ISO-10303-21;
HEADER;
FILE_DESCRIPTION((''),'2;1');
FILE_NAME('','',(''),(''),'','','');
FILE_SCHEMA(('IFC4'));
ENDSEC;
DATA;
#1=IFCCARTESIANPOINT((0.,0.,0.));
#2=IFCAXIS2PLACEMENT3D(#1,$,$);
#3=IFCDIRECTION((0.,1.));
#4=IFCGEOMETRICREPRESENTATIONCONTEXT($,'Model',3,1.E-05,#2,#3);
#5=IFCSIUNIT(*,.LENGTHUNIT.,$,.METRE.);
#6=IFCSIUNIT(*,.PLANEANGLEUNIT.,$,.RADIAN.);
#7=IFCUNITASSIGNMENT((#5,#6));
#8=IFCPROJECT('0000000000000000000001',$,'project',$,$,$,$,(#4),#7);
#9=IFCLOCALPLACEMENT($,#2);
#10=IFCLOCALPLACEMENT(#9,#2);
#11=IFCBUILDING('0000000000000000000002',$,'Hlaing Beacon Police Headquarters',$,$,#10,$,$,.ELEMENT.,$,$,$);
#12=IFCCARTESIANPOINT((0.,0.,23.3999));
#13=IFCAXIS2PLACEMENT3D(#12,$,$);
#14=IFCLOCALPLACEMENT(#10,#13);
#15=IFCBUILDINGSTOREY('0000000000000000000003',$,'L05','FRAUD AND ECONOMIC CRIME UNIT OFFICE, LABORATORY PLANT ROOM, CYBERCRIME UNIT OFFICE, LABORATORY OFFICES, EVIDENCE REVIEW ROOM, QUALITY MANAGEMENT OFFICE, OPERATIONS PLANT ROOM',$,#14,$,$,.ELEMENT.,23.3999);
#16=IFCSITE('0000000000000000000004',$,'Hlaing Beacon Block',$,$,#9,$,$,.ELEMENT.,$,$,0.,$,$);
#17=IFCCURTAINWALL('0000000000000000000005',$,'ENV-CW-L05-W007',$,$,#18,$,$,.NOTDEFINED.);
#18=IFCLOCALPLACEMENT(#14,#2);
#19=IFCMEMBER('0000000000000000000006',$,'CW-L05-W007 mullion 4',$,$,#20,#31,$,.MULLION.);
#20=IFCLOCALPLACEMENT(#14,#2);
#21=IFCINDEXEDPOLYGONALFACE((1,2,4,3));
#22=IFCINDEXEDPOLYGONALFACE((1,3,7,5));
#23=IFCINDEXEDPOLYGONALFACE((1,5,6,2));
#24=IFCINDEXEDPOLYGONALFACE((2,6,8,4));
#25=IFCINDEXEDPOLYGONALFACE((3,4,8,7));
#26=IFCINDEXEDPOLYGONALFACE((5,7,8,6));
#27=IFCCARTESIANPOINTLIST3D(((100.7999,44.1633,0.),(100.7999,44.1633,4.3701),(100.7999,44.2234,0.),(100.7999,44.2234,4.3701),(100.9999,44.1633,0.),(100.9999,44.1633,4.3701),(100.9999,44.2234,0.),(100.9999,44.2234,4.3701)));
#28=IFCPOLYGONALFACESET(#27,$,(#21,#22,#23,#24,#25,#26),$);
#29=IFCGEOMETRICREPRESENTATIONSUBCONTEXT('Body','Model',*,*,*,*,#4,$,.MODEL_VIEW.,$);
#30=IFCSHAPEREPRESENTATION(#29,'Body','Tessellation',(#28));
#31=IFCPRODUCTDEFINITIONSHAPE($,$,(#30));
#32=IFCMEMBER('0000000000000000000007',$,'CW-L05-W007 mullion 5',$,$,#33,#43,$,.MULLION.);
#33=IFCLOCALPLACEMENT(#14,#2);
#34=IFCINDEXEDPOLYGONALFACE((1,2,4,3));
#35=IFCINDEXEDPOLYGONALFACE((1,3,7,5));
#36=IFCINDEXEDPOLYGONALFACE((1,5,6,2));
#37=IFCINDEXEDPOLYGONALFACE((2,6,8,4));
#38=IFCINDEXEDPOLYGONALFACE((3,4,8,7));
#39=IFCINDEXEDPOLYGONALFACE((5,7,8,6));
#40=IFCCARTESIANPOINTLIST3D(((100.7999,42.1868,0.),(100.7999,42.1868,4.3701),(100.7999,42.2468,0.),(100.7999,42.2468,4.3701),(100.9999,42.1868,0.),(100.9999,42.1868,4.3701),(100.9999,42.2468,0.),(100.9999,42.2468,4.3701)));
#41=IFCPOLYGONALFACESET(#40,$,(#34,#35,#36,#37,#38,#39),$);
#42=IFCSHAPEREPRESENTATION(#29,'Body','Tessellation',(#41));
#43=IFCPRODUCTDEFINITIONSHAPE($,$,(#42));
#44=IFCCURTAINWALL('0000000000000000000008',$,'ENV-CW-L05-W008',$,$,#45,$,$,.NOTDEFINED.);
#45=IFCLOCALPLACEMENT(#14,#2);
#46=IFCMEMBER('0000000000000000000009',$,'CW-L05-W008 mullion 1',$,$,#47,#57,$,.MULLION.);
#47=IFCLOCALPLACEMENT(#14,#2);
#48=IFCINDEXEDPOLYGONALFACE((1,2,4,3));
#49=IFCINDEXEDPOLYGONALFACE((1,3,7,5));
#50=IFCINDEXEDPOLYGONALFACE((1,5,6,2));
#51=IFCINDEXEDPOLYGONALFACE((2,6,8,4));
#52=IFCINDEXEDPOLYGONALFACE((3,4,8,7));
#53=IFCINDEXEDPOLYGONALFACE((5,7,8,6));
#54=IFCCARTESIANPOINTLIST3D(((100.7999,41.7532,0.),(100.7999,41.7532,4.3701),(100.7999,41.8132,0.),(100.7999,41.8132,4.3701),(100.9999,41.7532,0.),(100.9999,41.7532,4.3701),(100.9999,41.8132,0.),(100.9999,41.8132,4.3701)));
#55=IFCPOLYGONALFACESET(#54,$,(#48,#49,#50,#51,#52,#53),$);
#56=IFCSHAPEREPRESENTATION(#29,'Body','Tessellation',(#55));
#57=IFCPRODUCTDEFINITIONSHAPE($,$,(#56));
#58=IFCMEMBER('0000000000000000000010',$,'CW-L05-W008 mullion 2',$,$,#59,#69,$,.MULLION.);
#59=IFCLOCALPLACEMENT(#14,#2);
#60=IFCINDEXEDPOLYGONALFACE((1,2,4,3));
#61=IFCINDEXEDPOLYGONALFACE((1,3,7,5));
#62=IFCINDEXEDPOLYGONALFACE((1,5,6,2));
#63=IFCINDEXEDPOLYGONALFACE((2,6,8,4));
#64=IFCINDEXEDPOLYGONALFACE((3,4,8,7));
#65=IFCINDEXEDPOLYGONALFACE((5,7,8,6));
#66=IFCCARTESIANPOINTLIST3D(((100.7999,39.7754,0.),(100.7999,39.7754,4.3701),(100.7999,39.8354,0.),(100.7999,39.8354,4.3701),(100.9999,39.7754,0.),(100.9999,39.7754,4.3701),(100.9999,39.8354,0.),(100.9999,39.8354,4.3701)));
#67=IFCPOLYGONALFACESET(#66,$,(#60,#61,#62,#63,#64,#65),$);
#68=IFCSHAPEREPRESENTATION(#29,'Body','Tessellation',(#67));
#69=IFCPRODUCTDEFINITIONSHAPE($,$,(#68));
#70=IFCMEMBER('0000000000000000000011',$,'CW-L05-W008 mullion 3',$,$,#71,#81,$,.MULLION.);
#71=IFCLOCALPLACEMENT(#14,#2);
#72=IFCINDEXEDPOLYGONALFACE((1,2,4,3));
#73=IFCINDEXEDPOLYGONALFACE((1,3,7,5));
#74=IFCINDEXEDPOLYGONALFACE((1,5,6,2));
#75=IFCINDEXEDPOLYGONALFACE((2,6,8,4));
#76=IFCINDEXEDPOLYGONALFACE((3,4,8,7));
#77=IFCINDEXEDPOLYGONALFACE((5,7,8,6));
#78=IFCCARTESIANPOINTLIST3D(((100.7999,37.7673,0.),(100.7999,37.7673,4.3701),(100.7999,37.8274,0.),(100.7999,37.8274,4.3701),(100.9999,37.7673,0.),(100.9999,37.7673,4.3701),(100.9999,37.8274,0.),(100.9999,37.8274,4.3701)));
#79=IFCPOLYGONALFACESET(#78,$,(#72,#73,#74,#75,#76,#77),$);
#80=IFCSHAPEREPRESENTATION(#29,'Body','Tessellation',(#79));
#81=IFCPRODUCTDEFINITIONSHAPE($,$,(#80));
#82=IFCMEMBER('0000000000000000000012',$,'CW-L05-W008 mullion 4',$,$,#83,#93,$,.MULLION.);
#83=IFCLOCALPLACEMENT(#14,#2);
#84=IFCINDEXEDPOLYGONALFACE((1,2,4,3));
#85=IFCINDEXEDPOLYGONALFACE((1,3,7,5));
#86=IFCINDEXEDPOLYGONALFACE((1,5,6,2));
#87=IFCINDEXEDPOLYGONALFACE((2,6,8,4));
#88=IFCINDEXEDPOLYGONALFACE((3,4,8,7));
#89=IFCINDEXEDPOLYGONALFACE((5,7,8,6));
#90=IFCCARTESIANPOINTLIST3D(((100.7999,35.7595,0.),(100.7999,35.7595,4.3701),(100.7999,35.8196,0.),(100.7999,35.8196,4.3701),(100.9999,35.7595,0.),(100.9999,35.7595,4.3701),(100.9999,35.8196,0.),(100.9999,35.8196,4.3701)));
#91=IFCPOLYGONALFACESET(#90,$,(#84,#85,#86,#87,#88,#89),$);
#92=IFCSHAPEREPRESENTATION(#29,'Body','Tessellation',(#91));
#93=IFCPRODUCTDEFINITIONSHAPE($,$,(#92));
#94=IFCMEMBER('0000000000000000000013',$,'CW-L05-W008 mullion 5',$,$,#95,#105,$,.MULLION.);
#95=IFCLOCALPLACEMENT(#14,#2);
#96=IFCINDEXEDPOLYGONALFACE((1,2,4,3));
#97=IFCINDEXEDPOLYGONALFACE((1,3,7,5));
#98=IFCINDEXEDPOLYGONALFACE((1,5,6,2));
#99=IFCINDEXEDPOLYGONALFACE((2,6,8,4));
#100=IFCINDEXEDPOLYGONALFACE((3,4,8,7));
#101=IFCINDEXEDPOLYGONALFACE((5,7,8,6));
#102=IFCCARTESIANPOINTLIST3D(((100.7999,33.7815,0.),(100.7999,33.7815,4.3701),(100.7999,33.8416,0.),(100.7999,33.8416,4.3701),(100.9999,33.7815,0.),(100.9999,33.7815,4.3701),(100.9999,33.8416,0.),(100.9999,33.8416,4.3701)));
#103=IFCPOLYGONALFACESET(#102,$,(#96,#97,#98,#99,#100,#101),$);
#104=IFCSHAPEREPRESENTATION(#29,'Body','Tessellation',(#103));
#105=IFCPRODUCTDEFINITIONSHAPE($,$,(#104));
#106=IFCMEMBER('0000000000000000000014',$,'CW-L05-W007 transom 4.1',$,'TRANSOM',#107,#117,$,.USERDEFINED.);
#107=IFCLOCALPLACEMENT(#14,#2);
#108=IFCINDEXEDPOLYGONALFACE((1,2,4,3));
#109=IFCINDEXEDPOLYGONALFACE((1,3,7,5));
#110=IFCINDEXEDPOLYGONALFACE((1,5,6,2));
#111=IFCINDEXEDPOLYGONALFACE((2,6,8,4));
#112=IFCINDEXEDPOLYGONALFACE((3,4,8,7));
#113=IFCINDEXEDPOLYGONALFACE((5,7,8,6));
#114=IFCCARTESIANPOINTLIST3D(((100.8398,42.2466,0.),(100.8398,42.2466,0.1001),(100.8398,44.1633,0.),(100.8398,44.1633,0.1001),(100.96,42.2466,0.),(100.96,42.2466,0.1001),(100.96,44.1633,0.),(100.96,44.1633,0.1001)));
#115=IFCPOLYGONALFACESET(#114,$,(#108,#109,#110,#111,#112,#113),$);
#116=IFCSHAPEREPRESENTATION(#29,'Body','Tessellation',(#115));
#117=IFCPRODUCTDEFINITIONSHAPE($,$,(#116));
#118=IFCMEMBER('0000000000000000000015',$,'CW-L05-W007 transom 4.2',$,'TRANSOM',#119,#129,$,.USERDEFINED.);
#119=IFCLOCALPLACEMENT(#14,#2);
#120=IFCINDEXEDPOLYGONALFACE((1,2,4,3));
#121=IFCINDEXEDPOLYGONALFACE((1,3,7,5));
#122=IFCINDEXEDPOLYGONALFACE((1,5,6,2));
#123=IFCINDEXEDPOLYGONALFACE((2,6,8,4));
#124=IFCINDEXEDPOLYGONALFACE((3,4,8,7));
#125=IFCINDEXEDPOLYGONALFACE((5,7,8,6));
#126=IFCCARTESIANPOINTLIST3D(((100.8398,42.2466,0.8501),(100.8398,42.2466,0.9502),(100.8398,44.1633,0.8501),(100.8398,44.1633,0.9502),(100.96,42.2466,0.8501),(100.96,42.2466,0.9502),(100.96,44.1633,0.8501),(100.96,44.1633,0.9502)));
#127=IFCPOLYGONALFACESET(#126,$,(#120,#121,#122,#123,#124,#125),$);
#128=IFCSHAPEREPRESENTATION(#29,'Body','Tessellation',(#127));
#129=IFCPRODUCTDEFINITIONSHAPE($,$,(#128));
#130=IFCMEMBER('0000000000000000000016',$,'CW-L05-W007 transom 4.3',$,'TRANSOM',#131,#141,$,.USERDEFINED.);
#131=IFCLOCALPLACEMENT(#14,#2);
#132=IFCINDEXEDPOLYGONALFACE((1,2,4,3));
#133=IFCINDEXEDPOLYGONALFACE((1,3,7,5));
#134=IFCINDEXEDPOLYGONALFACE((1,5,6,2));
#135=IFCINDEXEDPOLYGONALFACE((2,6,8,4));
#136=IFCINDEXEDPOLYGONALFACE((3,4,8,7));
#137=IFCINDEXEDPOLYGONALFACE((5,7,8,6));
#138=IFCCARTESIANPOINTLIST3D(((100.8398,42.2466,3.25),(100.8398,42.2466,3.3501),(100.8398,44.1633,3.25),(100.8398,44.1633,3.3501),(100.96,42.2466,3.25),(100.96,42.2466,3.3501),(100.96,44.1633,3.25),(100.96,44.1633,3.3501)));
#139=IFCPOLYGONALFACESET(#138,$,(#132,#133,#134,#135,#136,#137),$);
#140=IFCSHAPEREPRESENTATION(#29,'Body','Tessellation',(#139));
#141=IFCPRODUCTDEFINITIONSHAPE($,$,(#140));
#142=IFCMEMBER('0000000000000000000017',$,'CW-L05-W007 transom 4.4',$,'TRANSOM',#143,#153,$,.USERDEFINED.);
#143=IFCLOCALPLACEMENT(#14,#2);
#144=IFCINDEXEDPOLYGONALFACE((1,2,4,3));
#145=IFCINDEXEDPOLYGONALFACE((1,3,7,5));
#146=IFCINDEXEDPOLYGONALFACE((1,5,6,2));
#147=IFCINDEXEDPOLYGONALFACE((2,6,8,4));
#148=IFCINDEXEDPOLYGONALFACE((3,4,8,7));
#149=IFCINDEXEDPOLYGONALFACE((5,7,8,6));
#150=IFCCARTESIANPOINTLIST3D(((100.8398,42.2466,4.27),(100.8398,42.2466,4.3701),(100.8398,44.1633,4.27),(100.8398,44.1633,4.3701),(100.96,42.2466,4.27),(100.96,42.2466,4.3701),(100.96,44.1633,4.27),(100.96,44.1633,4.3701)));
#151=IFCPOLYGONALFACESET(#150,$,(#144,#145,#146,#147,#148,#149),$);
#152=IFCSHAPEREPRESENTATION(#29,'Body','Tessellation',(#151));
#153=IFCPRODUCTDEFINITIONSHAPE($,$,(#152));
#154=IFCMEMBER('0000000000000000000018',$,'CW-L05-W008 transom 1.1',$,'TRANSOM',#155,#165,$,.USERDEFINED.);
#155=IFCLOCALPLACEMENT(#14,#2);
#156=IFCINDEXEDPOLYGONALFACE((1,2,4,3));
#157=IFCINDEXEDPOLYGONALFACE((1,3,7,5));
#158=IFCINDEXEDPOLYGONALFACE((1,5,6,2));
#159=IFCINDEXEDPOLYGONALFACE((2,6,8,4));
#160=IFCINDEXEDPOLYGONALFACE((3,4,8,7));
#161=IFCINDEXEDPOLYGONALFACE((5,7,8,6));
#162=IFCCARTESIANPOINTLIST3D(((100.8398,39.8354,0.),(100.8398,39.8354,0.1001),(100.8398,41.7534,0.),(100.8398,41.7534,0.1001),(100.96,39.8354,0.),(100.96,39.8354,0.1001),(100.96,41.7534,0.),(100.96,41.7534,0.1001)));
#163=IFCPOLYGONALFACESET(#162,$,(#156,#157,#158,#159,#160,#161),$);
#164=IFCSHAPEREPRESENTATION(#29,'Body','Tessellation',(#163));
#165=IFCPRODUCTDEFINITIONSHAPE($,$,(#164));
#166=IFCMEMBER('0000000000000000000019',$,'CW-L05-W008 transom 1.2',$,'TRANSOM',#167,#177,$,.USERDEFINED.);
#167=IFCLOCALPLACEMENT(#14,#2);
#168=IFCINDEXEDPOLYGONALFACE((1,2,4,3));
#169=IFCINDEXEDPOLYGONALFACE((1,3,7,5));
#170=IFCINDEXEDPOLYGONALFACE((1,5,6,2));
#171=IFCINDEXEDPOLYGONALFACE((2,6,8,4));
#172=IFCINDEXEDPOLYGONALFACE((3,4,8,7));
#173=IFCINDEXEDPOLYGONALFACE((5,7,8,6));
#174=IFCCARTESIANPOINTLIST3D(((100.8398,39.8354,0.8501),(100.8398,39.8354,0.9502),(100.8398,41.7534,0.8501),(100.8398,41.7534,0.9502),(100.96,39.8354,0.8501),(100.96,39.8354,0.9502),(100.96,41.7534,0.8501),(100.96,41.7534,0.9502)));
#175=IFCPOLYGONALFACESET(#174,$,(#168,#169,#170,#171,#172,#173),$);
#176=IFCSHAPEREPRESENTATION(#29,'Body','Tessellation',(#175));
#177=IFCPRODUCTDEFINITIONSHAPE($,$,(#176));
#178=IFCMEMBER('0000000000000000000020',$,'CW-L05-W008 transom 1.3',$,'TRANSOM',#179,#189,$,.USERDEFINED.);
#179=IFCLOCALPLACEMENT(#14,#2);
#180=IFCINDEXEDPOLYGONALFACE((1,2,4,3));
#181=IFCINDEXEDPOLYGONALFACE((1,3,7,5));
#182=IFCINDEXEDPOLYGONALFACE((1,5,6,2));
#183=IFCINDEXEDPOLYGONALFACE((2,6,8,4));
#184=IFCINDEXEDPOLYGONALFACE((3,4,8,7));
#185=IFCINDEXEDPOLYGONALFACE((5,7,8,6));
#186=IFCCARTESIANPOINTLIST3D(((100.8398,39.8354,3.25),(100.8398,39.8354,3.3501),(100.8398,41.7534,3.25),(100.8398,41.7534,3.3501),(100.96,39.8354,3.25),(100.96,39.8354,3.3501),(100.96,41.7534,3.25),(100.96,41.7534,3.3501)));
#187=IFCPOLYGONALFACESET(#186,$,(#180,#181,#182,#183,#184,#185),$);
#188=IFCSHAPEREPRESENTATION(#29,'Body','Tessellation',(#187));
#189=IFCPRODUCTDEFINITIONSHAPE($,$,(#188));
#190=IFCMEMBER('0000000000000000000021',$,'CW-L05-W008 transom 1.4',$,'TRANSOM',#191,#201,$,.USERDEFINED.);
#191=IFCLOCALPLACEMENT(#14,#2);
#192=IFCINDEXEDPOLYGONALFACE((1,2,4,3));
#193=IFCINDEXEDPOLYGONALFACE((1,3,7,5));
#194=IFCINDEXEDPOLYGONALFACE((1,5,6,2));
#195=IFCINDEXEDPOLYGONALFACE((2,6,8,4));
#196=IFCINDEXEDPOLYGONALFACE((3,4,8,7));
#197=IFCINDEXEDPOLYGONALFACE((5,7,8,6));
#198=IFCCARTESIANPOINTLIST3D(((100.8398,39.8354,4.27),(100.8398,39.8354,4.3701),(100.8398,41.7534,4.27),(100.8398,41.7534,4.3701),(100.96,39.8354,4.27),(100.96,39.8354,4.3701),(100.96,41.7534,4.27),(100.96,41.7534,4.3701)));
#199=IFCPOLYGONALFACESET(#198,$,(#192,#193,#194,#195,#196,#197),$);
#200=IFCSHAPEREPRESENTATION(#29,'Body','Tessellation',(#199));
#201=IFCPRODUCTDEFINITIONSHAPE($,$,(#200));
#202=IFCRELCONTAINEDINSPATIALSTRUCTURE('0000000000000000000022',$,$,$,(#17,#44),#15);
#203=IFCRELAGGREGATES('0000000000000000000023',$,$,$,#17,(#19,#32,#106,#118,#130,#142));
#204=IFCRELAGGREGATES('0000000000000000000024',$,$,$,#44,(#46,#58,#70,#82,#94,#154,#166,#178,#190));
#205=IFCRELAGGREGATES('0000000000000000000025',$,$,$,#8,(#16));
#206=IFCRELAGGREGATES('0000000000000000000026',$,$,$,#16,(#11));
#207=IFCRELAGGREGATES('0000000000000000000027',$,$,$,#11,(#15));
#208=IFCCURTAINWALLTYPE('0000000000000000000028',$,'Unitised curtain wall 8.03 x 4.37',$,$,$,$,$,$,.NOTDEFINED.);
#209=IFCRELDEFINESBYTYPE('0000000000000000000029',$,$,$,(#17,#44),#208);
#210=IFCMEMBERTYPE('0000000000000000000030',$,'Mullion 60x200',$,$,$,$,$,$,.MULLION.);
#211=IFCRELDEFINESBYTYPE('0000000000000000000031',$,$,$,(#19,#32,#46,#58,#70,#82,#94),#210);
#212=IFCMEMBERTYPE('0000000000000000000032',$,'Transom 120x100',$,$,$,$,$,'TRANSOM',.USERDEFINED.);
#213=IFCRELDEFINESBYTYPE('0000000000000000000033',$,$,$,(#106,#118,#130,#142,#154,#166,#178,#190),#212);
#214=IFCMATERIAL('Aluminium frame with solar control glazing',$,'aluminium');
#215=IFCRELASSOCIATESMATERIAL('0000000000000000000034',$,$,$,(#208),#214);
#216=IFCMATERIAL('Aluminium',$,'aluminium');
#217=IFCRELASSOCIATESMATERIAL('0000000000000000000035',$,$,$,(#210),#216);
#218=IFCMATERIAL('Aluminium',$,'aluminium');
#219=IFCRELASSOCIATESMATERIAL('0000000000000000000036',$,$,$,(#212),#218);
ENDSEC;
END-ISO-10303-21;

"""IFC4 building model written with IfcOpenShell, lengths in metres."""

from ifc_helpers import new_model, si_unit, direction, frame, origin, origin_2d, place, context, subcontext, project, spatial, rectangle, extrude, material, material_profile, profile_set, type_object, element, aggregate, save


model = new_model("IFC4")

# Units and contexts
model_context = context("Model", 3, precision=1e-05, world=origin(), true_north=direction((0.0, 1.0)))
body_context = subcontext(model_context, "Body", "Model", "MODEL_VIEW")
ifc_project = project(units=[si_unit("LENGTHUNIT", "METRE"), si_unit("PLANEANGLEUNIT", "RADIAN")], contexts=[model_context])

# Site, building, storey
site_placement = place(None, origin())
site = spatial("IfcSite", under=ifc_project, at=site_placement, Name="Hlaing Beacon Block", CompositionType="ELEMENT", RefElevation=0.0)
building_placement = place(site_placement, origin())
building = spatial("IfcBuilding", under=site, at=building_placement, Name="Hlaing Beacon Police Headquarters", CompositionType="ELEMENT")
storey_placement = place(building_placement, frame((0.0, 0.0, 23.3999)))
storey = spatial("IfcBuildingStorey", under=building, at=storey_placement, Name="L05", Description="FRAUD AND ECONOMIC CRIME UNIT OFFICE, LABORATORY PLANT ROOM, CYBERCRIME UNIT OFFICE, LABORATORY OFFICES, EVIDENCE REVIEW ROOM, QUALITY MANAGEMENT OFFICE, OPERATIONS PLANT ROOM", CompositionType="ELEMENT", Elevation=23.3999)

# Curtain walls, members
ifc_material_1 = material(Name="Aluminium frame with solar control glazing", Category="aluminium")
curtain_wall_type = type_object("IfcCurtainWallType", Name="Unitised curtain wall 8.03 x 4.37", PredefinedType="NOTDEFINED", material=ifc_material_1)
curtain_wall_1_placement = place(storey_placement, origin())
curtain_wall_1 = element("IfcCurtainWall", 1, at=curtain_wall_1_placement, inside=storey, type_object=curtain_wall_type, Name="ENV-CW-L05-W007", PredefinedType="NOTDEFINED")
ifc_material_2 = material(Name="Aluminium", Category="aluminium")
ifc_material_profile_1 = material_profile(ifc_material_2, rectangle(XDim=0.2, YDim=0.0601, at=origin_2d()), Name="Mullion 60x200")
ifc_profile_set_1 = profile_set([ifc_material_profile_1], Name="Aluminium")
member_type_1 = type_object("IfcMemberType", Name="Mullion 60x200", PredefinedType="MULLION", material=ifc_profile_set_1)
member_1_placement = place(storey_placement, frame((100.8999, 44.1934, 0.0), z_axis=(0.0, 0.0, 1.0), x_axis=(1.0, 0.0, 0.0)))
member_1 = element("IfcMember", 2, at=member_1_placement, type_object=member_type_1, Name="CW-L05-W007 mullion 4", PredefinedType="MULLION", context=body_context, shape_type="SweptSolid", body=[
    extrude(rectangle(XDim=0.2, YDim=0.0601, at=origin_2d()), origin(), (0.0, 0.0, 1.0), 4.3701),
])
member_2_placement = place(storey_placement, frame((100.8999, 42.2168, 0.0), z_axis=(0.0, 0.0, 1.0), x_axis=(1.0, 0.0, 0.0)))
member_2 = element("IfcMember", 3, at=member_2_placement, type_object=member_type_1, Name="CW-L05-W007 mullion 5", PredefinedType="MULLION", context=body_context, shape_type="SweptSolid", body=[
    extrude(rectangle(XDim=0.2, YDim=0.0601, at=origin_2d()), origin(), (0.0, 0.0, 1.0), 4.3701),
])
curtain_wall_2_placement = place(storey_placement, origin())
curtain_wall_2 = element("IfcCurtainWall", 4, at=curtain_wall_2_placement, inside=storey, type_object=curtain_wall_type, Name="ENV-CW-L05-W008", PredefinedType="NOTDEFINED")
member_3_placement = place(storey_placement, frame((100.8999, 41.7832, 0.0), z_axis=(0.0, 0.0, 1.0), x_axis=(1.0, 0.0, 0.0)))
member_3 = element("IfcMember", 5, at=member_3_placement, type_object=member_type_1, Name="CW-L05-W008 mullion 1", PredefinedType="MULLION", context=body_context, shape_type="SweptSolid", body=[
    extrude(rectangle(XDim=0.2, YDim=0.0601, at=origin_2d()), origin(), (0.0, 0.0, 1.0), 4.3701),
])
member_4_placement = place(storey_placement, frame((100.8999, 39.8054, 0.0), z_axis=(0.0, 0.0, 1.0), x_axis=(1.0, 0.0, 0.0)))
member_4 = element("IfcMember", 6, at=member_4_placement, type_object=member_type_1, Name="CW-L05-W008 mullion 2", PredefinedType="MULLION", context=body_context, shape_type="SweptSolid", body=[
    extrude(rectangle(XDim=0.2, YDim=0.0601, at=origin_2d()), origin(), (0.0, 0.0, 1.0), 4.3701),
])
member_5_placement = place(storey_placement, frame((100.8999, 37.7974, 0.0), z_axis=(0.0, 0.0, 1.0), x_axis=(1.0, 0.0, 0.0)))
member_5 = element("IfcMember", 7, at=member_5_placement, type_object=member_type_1, Name="CW-L05-W008 mullion 3", PredefinedType="MULLION", context=body_context, shape_type="SweptSolid", body=[
    extrude(rectangle(XDim=0.2, YDim=0.0601, at=origin_2d()), origin(), (0.0, 0.0, 1.0), 4.3701),
])
member_6_placement = place(storey_placement, frame((100.8999, 35.7896, 0.0), z_axis=(0.0, 0.0, 1.0), x_axis=(1.0, 0.0, 0.0)))
member_6 = element("IfcMember", 8, at=member_6_placement, type_object=member_type_1, Name="CW-L05-W008 mullion 4", PredefinedType="MULLION", context=body_context, shape_type="SweptSolid", body=[
    extrude(rectangle(XDim=0.2, YDim=0.0601, at=origin_2d()), origin(), (0.0, 0.0, 1.0), 4.3701),
])
member_7_placement = place(storey_placement, frame((100.8999, 33.8115, 0.0), z_axis=(0.0, 0.0, 1.0), x_axis=(1.0, 0.0, 0.0)))
member_7 = element("IfcMember", 9, at=member_7_placement, type_object=member_type_1, Name="CW-L05-W008 mullion 5", PredefinedType="MULLION", context=body_context, shape_type="SweptSolid", body=[
    extrude(rectangle(XDim=0.2, YDim=0.0601, at=origin_2d()), origin(), (0.0, 0.0, 1.0), 4.3701),
])

# Members
ifc_material_3 = material(Name="Aluminium", Category="aluminium")
ifc_material_profile_2 = material_profile(ifc_material_3, rectangle(XDim=0.1201, YDim=0.1001, at=origin_2d()), Name="Transom 120x100")
ifc_profile_set_2 = profile_set([ifc_material_profile_2], Name="Aluminium")
member_type_2 = type_object("IfcMemberType", Name="Transom 120x100", ElementType="TRANSOM", PredefinedType="USERDEFINED", material=ifc_profile_set_2)
member_8_placement = place(storey_placement, frame((100.8999, 44.1633, 0.05), z_axis=(0.0, -1.0, 0.0), x_axis=(1.0, 0.0, 0.0)))
member_8 = element("IfcMember", 10, at=member_8_placement, type_object=member_type_2, Name="CW-L05-W007 transom 4.1", ObjectType="TRANSOM", PredefinedType="USERDEFINED", context=body_context, shape_type="SweptSolid", body=[
    extrude(rectangle(XDim=0.1201, YDim=0.1001, at=origin_2d()), origin(), (0.0, 0.0, 1.0), 1.9167),
])
member_9_placement = place(storey_placement, frame((100.8999, 44.1633, 0.9001), z_axis=(0.0, -1.0, 0.0), x_axis=(1.0, 0.0, 0.0)))
member_9 = element("IfcMember", 11, at=member_9_placement, type_object=member_type_2, Name="CW-L05-W007 transom 4.2", ObjectType="TRANSOM", PredefinedType="USERDEFINED", context=body_context, shape_type="SweptSolid", body=[
    extrude(rectangle(XDim=0.1201, YDim=0.1001, at=origin_2d()), origin(), (0.0, 0.0, 1.0), 1.9167),
])
member_10_placement = place(storey_placement, frame((100.8999, 44.1633, 3.3), z_axis=(0.0, -1.0, 0.0), x_axis=(1.0, 0.0, 0.0)))
member_10 = element("IfcMember", 12, at=member_10_placement, type_object=member_type_2, Name="CW-L05-W007 transom 4.3", ObjectType="TRANSOM", PredefinedType="USERDEFINED", context=body_context, shape_type="SweptSolid", body=[
    extrude(rectangle(XDim=0.1201, YDim=0.1001, at=origin_2d()), origin(), (0.0, 0.0, 1.0), 1.9167),
])
member_11_placement = place(storey_placement, frame((100.8999, 44.1633, 4.3201), z_axis=(0.0, -1.0, 0.0), x_axis=(1.0, 0.0, 0.0)))
member_11 = element("IfcMember", 13, at=member_11_placement, type_object=member_type_2, Name="CW-L05-W007 transom 4.4", ObjectType="TRANSOM", PredefinedType="USERDEFINED", context=body_context, shape_type="SweptSolid", body=[
    extrude(rectangle(XDim=0.1201, YDim=0.1001, at=origin_2d()), origin(), (0.0, 0.0, 1.0), 1.9167),
])
member_12_placement = place(storey_placement, frame((100.8999, 41.7534, 0.05), z_axis=(0.0, -1.0, 0.0), x_axis=(1.0, 0.0, 0.0)))
member_12 = element("IfcMember", 14, at=member_12_placement, type_object=member_type_2, Name="CW-L05-W008 transom 1.1", ObjectType="TRANSOM", PredefinedType="USERDEFINED", context=body_context, shape_type="SweptSolid", body=[
    extrude(rectangle(XDim=0.1201, YDim=0.1001, at=origin_2d()), origin(), (0.0, 0.0, 1.0), 1.918),
])
member_13_placement = place(storey_placement, frame((100.8999, 41.7534, 0.9001), z_axis=(0.0, -1.0, 0.0), x_axis=(1.0, 0.0, 0.0)))
member_13 = element("IfcMember", 15, at=member_13_placement, type_object=member_type_2, Name="CW-L05-W008 transom 1.2", ObjectType="TRANSOM", PredefinedType="USERDEFINED", context=body_context, shape_type="SweptSolid", body=[
    extrude(rectangle(XDim=0.1201, YDim=0.1001, at=origin_2d()), origin(), (0.0, 0.0, 1.0), 1.918),
])
member_14_placement = place(storey_placement, frame((100.8999, 41.7534, 3.3), z_axis=(0.0, -1.0, 0.0), x_axis=(1.0, 0.0, 0.0)))
member_14 = element("IfcMember", 16, at=member_14_placement, type_object=member_type_2, Name="CW-L05-W008 transom 1.3", ObjectType="TRANSOM", PredefinedType="USERDEFINED", context=body_context, shape_type="SweptSolid", body=[
    extrude(rectangle(XDim=0.1201, YDim=0.1001, at=origin_2d()), origin(), (0.0, 0.0, 1.0), 1.918),
])
member_15_placement = place(storey_placement, frame((100.8999, 41.7534, 4.3201), z_axis=(0.0, -1.0, 0.0), x_axis=(1.0, 0.0, 0.0)))
member_15 = element("IfcMember", 17, at=member_15_placement, type_object=member_type_2, Name="CW-L05-W008 transom 1.4", ObjectType="TRANSOM", PredefinedType="USERDEFINED", context=body_context, shape_type="SweptSolid", body=[
    extrude(rectangle(XDim=0.1201, YDim=0.1001, at=origin_2d()), origin(), (0.0, 0.0, 1.0), 1.918),
])

aggregate(curtain_wall_1, [member_1, member_2, member_8, member_9, member_10, member_11])
aggregate(curtain_wall_2, [member_3, member_4, member_5, member_6, member_7, member_12, member_13, member_14, member_15])

save(model, "model.ifc")
